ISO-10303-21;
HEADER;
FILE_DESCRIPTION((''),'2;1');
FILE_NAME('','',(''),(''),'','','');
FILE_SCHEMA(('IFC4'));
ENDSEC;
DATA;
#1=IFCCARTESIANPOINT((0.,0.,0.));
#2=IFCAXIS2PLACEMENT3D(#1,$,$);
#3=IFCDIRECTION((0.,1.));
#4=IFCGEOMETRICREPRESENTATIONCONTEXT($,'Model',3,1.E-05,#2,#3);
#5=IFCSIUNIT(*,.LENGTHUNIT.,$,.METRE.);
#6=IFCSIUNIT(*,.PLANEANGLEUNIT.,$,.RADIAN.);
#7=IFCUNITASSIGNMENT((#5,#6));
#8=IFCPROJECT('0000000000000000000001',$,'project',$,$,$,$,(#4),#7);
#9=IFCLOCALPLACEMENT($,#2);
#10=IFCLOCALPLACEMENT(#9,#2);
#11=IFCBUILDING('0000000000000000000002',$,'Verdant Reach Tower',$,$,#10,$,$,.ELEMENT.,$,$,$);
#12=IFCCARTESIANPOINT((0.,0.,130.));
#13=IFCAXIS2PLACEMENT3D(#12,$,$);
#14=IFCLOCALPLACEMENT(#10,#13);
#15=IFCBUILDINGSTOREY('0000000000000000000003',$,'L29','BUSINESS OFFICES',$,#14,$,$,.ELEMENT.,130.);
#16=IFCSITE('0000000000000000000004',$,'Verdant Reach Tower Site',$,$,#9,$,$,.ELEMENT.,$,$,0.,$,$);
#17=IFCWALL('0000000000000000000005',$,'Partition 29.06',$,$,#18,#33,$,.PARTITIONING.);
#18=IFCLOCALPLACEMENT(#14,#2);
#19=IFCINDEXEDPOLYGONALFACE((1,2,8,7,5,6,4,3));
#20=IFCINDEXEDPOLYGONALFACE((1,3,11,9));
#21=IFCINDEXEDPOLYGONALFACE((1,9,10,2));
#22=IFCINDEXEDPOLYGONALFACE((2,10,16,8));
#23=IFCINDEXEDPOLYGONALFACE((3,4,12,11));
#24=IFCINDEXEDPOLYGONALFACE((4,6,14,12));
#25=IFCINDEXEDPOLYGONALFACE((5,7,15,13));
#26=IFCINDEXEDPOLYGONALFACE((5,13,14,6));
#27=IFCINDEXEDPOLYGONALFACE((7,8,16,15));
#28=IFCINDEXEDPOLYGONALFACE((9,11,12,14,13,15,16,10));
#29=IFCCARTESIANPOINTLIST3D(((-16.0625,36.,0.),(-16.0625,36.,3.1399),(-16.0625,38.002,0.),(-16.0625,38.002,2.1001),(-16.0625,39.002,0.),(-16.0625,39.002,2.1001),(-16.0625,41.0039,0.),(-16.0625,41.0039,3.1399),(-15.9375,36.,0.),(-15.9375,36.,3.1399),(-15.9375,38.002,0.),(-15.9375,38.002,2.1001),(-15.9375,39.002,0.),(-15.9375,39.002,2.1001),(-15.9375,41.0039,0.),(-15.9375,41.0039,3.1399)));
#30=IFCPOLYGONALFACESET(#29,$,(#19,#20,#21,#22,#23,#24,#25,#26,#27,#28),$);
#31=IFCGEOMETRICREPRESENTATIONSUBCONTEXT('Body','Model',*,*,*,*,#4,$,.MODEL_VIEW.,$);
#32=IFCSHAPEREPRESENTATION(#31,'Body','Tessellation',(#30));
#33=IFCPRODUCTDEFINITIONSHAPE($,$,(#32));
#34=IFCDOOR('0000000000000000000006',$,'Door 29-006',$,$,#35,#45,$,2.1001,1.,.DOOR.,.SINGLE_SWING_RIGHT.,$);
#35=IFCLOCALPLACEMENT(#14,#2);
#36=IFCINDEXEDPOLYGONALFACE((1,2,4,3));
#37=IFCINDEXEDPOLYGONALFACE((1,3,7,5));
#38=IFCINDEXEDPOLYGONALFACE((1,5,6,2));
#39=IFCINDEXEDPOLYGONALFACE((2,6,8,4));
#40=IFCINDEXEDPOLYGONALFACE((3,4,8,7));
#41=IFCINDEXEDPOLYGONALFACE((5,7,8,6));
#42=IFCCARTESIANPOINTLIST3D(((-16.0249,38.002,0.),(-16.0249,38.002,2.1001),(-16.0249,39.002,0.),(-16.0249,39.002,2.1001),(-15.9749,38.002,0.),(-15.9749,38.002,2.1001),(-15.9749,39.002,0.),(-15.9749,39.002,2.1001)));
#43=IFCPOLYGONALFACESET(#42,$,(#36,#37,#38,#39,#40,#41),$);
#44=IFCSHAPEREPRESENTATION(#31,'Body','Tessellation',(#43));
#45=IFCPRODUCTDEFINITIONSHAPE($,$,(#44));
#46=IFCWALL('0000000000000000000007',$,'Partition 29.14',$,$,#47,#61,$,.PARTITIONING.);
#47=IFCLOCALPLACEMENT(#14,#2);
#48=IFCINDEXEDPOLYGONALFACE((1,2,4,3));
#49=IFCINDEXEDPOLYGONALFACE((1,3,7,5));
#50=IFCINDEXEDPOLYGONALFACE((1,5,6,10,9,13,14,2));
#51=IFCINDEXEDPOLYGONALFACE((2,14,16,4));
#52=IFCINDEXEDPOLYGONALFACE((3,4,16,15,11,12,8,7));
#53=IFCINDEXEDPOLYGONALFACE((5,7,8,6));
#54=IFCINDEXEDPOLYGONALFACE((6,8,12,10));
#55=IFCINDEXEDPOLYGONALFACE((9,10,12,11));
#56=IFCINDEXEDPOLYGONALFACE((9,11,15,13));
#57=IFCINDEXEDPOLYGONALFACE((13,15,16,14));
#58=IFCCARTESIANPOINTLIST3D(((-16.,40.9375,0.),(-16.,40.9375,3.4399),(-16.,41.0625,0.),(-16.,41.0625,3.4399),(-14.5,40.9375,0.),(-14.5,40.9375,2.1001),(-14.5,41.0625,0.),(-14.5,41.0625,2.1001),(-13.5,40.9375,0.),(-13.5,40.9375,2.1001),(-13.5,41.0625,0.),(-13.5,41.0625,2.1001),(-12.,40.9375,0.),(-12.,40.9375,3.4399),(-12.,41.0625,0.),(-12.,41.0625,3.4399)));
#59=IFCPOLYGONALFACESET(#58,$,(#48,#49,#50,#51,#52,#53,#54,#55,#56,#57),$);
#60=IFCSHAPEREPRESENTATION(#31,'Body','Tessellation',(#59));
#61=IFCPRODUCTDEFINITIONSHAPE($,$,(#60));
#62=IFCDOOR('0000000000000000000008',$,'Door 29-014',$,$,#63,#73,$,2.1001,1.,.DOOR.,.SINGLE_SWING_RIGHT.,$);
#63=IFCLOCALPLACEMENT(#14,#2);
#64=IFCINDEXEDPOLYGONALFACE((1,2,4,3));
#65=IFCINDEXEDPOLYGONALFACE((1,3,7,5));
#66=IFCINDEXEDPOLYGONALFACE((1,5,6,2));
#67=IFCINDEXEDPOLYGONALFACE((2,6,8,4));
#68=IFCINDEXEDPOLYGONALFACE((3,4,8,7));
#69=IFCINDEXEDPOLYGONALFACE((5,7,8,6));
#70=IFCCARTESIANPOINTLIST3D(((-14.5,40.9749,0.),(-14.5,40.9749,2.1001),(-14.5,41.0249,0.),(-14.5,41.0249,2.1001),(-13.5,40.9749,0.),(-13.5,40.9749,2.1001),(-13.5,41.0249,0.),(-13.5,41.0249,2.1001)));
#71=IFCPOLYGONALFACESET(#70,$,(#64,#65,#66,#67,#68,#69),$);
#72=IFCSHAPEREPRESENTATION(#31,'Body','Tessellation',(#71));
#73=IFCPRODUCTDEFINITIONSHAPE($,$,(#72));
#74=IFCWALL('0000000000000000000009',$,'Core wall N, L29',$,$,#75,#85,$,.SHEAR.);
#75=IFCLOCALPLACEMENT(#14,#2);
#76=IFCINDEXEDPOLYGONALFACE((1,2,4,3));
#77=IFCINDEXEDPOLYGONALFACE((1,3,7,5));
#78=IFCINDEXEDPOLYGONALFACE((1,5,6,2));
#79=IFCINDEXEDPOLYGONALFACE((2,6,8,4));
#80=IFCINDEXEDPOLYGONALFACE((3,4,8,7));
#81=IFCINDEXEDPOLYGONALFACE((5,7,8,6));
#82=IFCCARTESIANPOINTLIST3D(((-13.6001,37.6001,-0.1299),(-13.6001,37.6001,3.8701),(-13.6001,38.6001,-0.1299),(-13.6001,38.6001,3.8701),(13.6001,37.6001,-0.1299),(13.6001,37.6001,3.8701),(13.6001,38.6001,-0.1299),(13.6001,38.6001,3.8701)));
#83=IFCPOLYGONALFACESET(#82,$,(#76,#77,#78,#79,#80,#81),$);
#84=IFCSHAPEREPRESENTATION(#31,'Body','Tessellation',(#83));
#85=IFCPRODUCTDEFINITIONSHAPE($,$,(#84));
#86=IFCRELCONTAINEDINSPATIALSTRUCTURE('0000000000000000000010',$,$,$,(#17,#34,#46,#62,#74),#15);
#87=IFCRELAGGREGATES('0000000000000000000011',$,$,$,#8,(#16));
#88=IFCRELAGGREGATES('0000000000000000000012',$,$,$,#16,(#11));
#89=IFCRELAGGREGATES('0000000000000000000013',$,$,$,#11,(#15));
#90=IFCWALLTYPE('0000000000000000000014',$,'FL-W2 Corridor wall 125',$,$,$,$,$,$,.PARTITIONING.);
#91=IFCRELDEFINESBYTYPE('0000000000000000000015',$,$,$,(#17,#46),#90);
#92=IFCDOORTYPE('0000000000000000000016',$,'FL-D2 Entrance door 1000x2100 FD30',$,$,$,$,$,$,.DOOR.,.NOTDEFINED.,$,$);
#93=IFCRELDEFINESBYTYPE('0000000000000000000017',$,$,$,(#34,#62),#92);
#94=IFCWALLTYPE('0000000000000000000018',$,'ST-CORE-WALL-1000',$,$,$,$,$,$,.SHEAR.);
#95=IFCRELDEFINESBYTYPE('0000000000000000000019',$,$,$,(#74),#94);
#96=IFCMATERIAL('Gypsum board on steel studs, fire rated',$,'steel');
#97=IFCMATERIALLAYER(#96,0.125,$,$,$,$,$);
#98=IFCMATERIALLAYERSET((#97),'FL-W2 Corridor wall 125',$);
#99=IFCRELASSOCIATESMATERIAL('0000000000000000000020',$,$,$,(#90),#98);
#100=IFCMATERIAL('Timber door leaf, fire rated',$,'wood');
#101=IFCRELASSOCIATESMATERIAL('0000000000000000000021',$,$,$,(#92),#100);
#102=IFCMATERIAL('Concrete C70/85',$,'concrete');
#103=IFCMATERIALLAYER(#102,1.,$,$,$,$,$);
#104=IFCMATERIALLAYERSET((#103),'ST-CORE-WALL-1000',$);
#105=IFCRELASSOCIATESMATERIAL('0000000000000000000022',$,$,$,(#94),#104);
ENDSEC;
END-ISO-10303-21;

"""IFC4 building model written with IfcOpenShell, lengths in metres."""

from ifc_helpers import new_model, si_unit, direction, frame, frame_2d, origin, place, context, subcontext, project, spatial, rectangle, extrude, material, layer, layer_set, type_object, element, fill, save


model = new_model("IFC4")

# Units and contexts
model_context = context("Model", 3, precision=1e-05, world=origin(), true_north=direction((0.0, 1.0)))
body_context = subcontext(model_context, "Body", "Model", "MODEL_VIEW")
ifc_project = project(units=[si_unit("LENGTHUNIT", "METRE"), si_unit("PLANEANGLEUNIT", "RADIAN")], contexts=[model_context])

# Site, building, storey
site_placement = place(None, origin())
site = spatial("IfcSite", under=ifc_project, at=site_placement, Name="Verdant Reach Tower Site", CompositionType="ELEMENT", RefElevation=0.0)
building_placement = place(site_placement, origin())
building = spatial("IfcBuilding", under=site, at=building_placement, Name="Verdant Reach Tower", CompositionType="ELEMENT")
storey_placement = place(building_placement, frame((0.0, 0.0, 130.0)))
storey = spatial("IfcBuildingStorey", under=building, at=storey_placement, Name="L29", Description="BUSINESS OFFICES", CompositionType="ELEMENT", Elevation=130.0)

# Walls, openings, doors
ifc_material_1 = material(Name="Gypsum board on steel studs, fire rated", Category="steel")
ifc_layer_1 = layer(ifc_material_1, 0.125)
ifc_layer_set_1 = layer_set([ifc_layer_1], Name="FL-W2 Corridor wall 125")
wall_type_1 = type_object("IfcWallType", Name="FL-W2 Corridor wall 125", PredefinedType="PARTITIONING", material=ifc_layer_set_1)
wall_1_placement = place(storey_placement, frame((-16.0, 36.0, 0.0), z_axis=(0.0, 0.0, 1.0), x_axis=(0.0, 1.0, 0.0)))
wall_1 = element("IfcWall", 1, at=wall_1_placement, inside=storey, type_object=wall_type_1, Name="Partition 29.06", PredefinedType="PARTITIONING", context=body_context, shape_type="SweptSolid", body=[
    extrude(rectangle(XDim=5.0039, YDim=0.125, at=frame_2d((2.502, 0.0))), origin(), (0.0, 0.0, 1.0), 3.1399),
])
opening_1_placement = place(wall_1_placement, frame((2.002, 0.0, 0.0)))
opening_1 = element("IfcOpeningElement", 2, at=opening_1_placement, cuts=wall_1, PredefinedType="OPENING", context=body_context, shape_type="SweptSolid", body=[
    extrude(rectangle(XDim=1.0, YDim=2.1001, at=frame_2d((0.5, 1.05))), frame((0.0, 0.0725, 0.0), z_axis=(0.0, -1.0, 0.0), x_axis=(1.0, 0.0, 0.0)), (0.0, 0.0, 1.0), 0.145),
])
ifc_material_2 = material(Name="Timber door leaf, fire rated", Category="wood")
door_type = type_object("IfcDoorType", Name="FL-D2 Entrance door 1000x2100 FD30", OperationType="NOTDEFINED", PredefinedType="DOOR", material=ifc_material_2)
door_1_placement = place(opening_1_placement, origin())
door_1 = element("IfcDoor", 3, at=door_1_placement, inside=storey, type_object=door_type, Name="Door 29-006", OperationType="SINGLE_SWING_RIGHT", OverallHeight=2.1001, OverallWidth=1.0, PredefinedType="DOOR", context=body_context, shape_type="SweptSolid", body=[
    extrude(rectangle(XDim=1.0, YDim=2.1001, at=frame_2d((0.5, 1.05))), frame((0.0, 0.0249, 0.0), z_axis=(0.0, -1.0, 0.0), x_axis=(1.0, 0.0, 0.0)), (0.0, 0.0, 1.0), 0.05),
])
fill(opening_1, door_1)
wall_2_placement = place(storey_placement, frame((-16.0, 41.0, 0.0), z_axis=(0.0, 0.0, 1.0), x_axis=(1.0, 0.0, 0.0)))
wall_2 = element("IfcWall", 4, at=wall_2_placement, inside=storey, type_object=wall_type_1, Name="Partition 29.14", PredefinedType="PARTITIONING", context=body_context, shape_type="SweptSolid", body=[
    extrude(rectangle(XDim=4.0, YDim=0.125, at=frame_2d((2.0, 0.0))), origin(), (0.0, 0.0, 1.0), 3.4399),
])
opening_2_placement = place(wall_2_placement, frame((1.5, 0.0, 0.0)))
opening_2 = element("IfcOpeningElement", 5, at=opening_2_placement, cuts=wall_2, PredefinedType="OPENING", context=body_context, shape_type="SweptSolid", body=[
    extrude(rectangle(XDim=1.0, YDim=2.1001, at=frame_2d((0.5, 1.05))), frame((0.0, 0.0725, 0.0), z_axis=(0.0, -1.0, 0.0), x_axis=(1.0, 0.0, 0.0)), (0.0, 0.0, 1.0), 0.145),
])
door_2_placement = place(opening_2_placement, origin())
door_2 = element("IfcDoor", 6, at=door_2_placement, inside=storey, type_object=door_type, Name="Door 29-014", OperationType="SINGLE_SWING_RIGHT", OverallHeight=2.1001, OverallWidth=1.0, PredefinedType="DOOR", context=body_context, shape_type="SweptSolid", body=[
    extrude(rectangle(XDim=1.0, YDim=2.1001, at=frame_2d((0.5, 1.05))), frame((0.0, 0.0249, 0.0), z_axis=(0.0, -1.0, 0.0), x_axis=(1.0, 0.0, 0.0)), (0.0, 0.0, 1.0), 0.05),
])
fill(opening_2, door_2)

# Wall
ifc_material_3 = material(Name="Concrete C70/85", Category="concrete")
ifc_layer_2 = layer(ifc_material_3, 1.0)
ifc_layer_set_2 = layer_set([ifc_layer_2], Name="ST-CORE-WALL-1000")
wall_type_2 = type_object("IfcWallType", Name="ST-CORE-WALL-1000", PredefinedType="SHEAR", material=ifc_layer_set_2)
wall_3_placement = place(storey_placement, frame((-13.6001, 38.1001, -0.1299), z_axis=(0.0, 0.0, 1.0), x_axis=(1.0, 0.0, 0.0)))
element("IfcWall", 7, at=wall_3_placement, inside=storey, type_object=wall_type_2, Name="Core wall N, L29", PredefinedType="SHEAR", context=body_context, shape_type="SweptSolid", body=[
    extrude(rectangle(XDim=27.2002, YDim=1.0, at=frame_2d((13.6001, 0.0))), origin(), (0.0, 0.0, 1.0), 4.0),
])

save(model, "model.ifc")
